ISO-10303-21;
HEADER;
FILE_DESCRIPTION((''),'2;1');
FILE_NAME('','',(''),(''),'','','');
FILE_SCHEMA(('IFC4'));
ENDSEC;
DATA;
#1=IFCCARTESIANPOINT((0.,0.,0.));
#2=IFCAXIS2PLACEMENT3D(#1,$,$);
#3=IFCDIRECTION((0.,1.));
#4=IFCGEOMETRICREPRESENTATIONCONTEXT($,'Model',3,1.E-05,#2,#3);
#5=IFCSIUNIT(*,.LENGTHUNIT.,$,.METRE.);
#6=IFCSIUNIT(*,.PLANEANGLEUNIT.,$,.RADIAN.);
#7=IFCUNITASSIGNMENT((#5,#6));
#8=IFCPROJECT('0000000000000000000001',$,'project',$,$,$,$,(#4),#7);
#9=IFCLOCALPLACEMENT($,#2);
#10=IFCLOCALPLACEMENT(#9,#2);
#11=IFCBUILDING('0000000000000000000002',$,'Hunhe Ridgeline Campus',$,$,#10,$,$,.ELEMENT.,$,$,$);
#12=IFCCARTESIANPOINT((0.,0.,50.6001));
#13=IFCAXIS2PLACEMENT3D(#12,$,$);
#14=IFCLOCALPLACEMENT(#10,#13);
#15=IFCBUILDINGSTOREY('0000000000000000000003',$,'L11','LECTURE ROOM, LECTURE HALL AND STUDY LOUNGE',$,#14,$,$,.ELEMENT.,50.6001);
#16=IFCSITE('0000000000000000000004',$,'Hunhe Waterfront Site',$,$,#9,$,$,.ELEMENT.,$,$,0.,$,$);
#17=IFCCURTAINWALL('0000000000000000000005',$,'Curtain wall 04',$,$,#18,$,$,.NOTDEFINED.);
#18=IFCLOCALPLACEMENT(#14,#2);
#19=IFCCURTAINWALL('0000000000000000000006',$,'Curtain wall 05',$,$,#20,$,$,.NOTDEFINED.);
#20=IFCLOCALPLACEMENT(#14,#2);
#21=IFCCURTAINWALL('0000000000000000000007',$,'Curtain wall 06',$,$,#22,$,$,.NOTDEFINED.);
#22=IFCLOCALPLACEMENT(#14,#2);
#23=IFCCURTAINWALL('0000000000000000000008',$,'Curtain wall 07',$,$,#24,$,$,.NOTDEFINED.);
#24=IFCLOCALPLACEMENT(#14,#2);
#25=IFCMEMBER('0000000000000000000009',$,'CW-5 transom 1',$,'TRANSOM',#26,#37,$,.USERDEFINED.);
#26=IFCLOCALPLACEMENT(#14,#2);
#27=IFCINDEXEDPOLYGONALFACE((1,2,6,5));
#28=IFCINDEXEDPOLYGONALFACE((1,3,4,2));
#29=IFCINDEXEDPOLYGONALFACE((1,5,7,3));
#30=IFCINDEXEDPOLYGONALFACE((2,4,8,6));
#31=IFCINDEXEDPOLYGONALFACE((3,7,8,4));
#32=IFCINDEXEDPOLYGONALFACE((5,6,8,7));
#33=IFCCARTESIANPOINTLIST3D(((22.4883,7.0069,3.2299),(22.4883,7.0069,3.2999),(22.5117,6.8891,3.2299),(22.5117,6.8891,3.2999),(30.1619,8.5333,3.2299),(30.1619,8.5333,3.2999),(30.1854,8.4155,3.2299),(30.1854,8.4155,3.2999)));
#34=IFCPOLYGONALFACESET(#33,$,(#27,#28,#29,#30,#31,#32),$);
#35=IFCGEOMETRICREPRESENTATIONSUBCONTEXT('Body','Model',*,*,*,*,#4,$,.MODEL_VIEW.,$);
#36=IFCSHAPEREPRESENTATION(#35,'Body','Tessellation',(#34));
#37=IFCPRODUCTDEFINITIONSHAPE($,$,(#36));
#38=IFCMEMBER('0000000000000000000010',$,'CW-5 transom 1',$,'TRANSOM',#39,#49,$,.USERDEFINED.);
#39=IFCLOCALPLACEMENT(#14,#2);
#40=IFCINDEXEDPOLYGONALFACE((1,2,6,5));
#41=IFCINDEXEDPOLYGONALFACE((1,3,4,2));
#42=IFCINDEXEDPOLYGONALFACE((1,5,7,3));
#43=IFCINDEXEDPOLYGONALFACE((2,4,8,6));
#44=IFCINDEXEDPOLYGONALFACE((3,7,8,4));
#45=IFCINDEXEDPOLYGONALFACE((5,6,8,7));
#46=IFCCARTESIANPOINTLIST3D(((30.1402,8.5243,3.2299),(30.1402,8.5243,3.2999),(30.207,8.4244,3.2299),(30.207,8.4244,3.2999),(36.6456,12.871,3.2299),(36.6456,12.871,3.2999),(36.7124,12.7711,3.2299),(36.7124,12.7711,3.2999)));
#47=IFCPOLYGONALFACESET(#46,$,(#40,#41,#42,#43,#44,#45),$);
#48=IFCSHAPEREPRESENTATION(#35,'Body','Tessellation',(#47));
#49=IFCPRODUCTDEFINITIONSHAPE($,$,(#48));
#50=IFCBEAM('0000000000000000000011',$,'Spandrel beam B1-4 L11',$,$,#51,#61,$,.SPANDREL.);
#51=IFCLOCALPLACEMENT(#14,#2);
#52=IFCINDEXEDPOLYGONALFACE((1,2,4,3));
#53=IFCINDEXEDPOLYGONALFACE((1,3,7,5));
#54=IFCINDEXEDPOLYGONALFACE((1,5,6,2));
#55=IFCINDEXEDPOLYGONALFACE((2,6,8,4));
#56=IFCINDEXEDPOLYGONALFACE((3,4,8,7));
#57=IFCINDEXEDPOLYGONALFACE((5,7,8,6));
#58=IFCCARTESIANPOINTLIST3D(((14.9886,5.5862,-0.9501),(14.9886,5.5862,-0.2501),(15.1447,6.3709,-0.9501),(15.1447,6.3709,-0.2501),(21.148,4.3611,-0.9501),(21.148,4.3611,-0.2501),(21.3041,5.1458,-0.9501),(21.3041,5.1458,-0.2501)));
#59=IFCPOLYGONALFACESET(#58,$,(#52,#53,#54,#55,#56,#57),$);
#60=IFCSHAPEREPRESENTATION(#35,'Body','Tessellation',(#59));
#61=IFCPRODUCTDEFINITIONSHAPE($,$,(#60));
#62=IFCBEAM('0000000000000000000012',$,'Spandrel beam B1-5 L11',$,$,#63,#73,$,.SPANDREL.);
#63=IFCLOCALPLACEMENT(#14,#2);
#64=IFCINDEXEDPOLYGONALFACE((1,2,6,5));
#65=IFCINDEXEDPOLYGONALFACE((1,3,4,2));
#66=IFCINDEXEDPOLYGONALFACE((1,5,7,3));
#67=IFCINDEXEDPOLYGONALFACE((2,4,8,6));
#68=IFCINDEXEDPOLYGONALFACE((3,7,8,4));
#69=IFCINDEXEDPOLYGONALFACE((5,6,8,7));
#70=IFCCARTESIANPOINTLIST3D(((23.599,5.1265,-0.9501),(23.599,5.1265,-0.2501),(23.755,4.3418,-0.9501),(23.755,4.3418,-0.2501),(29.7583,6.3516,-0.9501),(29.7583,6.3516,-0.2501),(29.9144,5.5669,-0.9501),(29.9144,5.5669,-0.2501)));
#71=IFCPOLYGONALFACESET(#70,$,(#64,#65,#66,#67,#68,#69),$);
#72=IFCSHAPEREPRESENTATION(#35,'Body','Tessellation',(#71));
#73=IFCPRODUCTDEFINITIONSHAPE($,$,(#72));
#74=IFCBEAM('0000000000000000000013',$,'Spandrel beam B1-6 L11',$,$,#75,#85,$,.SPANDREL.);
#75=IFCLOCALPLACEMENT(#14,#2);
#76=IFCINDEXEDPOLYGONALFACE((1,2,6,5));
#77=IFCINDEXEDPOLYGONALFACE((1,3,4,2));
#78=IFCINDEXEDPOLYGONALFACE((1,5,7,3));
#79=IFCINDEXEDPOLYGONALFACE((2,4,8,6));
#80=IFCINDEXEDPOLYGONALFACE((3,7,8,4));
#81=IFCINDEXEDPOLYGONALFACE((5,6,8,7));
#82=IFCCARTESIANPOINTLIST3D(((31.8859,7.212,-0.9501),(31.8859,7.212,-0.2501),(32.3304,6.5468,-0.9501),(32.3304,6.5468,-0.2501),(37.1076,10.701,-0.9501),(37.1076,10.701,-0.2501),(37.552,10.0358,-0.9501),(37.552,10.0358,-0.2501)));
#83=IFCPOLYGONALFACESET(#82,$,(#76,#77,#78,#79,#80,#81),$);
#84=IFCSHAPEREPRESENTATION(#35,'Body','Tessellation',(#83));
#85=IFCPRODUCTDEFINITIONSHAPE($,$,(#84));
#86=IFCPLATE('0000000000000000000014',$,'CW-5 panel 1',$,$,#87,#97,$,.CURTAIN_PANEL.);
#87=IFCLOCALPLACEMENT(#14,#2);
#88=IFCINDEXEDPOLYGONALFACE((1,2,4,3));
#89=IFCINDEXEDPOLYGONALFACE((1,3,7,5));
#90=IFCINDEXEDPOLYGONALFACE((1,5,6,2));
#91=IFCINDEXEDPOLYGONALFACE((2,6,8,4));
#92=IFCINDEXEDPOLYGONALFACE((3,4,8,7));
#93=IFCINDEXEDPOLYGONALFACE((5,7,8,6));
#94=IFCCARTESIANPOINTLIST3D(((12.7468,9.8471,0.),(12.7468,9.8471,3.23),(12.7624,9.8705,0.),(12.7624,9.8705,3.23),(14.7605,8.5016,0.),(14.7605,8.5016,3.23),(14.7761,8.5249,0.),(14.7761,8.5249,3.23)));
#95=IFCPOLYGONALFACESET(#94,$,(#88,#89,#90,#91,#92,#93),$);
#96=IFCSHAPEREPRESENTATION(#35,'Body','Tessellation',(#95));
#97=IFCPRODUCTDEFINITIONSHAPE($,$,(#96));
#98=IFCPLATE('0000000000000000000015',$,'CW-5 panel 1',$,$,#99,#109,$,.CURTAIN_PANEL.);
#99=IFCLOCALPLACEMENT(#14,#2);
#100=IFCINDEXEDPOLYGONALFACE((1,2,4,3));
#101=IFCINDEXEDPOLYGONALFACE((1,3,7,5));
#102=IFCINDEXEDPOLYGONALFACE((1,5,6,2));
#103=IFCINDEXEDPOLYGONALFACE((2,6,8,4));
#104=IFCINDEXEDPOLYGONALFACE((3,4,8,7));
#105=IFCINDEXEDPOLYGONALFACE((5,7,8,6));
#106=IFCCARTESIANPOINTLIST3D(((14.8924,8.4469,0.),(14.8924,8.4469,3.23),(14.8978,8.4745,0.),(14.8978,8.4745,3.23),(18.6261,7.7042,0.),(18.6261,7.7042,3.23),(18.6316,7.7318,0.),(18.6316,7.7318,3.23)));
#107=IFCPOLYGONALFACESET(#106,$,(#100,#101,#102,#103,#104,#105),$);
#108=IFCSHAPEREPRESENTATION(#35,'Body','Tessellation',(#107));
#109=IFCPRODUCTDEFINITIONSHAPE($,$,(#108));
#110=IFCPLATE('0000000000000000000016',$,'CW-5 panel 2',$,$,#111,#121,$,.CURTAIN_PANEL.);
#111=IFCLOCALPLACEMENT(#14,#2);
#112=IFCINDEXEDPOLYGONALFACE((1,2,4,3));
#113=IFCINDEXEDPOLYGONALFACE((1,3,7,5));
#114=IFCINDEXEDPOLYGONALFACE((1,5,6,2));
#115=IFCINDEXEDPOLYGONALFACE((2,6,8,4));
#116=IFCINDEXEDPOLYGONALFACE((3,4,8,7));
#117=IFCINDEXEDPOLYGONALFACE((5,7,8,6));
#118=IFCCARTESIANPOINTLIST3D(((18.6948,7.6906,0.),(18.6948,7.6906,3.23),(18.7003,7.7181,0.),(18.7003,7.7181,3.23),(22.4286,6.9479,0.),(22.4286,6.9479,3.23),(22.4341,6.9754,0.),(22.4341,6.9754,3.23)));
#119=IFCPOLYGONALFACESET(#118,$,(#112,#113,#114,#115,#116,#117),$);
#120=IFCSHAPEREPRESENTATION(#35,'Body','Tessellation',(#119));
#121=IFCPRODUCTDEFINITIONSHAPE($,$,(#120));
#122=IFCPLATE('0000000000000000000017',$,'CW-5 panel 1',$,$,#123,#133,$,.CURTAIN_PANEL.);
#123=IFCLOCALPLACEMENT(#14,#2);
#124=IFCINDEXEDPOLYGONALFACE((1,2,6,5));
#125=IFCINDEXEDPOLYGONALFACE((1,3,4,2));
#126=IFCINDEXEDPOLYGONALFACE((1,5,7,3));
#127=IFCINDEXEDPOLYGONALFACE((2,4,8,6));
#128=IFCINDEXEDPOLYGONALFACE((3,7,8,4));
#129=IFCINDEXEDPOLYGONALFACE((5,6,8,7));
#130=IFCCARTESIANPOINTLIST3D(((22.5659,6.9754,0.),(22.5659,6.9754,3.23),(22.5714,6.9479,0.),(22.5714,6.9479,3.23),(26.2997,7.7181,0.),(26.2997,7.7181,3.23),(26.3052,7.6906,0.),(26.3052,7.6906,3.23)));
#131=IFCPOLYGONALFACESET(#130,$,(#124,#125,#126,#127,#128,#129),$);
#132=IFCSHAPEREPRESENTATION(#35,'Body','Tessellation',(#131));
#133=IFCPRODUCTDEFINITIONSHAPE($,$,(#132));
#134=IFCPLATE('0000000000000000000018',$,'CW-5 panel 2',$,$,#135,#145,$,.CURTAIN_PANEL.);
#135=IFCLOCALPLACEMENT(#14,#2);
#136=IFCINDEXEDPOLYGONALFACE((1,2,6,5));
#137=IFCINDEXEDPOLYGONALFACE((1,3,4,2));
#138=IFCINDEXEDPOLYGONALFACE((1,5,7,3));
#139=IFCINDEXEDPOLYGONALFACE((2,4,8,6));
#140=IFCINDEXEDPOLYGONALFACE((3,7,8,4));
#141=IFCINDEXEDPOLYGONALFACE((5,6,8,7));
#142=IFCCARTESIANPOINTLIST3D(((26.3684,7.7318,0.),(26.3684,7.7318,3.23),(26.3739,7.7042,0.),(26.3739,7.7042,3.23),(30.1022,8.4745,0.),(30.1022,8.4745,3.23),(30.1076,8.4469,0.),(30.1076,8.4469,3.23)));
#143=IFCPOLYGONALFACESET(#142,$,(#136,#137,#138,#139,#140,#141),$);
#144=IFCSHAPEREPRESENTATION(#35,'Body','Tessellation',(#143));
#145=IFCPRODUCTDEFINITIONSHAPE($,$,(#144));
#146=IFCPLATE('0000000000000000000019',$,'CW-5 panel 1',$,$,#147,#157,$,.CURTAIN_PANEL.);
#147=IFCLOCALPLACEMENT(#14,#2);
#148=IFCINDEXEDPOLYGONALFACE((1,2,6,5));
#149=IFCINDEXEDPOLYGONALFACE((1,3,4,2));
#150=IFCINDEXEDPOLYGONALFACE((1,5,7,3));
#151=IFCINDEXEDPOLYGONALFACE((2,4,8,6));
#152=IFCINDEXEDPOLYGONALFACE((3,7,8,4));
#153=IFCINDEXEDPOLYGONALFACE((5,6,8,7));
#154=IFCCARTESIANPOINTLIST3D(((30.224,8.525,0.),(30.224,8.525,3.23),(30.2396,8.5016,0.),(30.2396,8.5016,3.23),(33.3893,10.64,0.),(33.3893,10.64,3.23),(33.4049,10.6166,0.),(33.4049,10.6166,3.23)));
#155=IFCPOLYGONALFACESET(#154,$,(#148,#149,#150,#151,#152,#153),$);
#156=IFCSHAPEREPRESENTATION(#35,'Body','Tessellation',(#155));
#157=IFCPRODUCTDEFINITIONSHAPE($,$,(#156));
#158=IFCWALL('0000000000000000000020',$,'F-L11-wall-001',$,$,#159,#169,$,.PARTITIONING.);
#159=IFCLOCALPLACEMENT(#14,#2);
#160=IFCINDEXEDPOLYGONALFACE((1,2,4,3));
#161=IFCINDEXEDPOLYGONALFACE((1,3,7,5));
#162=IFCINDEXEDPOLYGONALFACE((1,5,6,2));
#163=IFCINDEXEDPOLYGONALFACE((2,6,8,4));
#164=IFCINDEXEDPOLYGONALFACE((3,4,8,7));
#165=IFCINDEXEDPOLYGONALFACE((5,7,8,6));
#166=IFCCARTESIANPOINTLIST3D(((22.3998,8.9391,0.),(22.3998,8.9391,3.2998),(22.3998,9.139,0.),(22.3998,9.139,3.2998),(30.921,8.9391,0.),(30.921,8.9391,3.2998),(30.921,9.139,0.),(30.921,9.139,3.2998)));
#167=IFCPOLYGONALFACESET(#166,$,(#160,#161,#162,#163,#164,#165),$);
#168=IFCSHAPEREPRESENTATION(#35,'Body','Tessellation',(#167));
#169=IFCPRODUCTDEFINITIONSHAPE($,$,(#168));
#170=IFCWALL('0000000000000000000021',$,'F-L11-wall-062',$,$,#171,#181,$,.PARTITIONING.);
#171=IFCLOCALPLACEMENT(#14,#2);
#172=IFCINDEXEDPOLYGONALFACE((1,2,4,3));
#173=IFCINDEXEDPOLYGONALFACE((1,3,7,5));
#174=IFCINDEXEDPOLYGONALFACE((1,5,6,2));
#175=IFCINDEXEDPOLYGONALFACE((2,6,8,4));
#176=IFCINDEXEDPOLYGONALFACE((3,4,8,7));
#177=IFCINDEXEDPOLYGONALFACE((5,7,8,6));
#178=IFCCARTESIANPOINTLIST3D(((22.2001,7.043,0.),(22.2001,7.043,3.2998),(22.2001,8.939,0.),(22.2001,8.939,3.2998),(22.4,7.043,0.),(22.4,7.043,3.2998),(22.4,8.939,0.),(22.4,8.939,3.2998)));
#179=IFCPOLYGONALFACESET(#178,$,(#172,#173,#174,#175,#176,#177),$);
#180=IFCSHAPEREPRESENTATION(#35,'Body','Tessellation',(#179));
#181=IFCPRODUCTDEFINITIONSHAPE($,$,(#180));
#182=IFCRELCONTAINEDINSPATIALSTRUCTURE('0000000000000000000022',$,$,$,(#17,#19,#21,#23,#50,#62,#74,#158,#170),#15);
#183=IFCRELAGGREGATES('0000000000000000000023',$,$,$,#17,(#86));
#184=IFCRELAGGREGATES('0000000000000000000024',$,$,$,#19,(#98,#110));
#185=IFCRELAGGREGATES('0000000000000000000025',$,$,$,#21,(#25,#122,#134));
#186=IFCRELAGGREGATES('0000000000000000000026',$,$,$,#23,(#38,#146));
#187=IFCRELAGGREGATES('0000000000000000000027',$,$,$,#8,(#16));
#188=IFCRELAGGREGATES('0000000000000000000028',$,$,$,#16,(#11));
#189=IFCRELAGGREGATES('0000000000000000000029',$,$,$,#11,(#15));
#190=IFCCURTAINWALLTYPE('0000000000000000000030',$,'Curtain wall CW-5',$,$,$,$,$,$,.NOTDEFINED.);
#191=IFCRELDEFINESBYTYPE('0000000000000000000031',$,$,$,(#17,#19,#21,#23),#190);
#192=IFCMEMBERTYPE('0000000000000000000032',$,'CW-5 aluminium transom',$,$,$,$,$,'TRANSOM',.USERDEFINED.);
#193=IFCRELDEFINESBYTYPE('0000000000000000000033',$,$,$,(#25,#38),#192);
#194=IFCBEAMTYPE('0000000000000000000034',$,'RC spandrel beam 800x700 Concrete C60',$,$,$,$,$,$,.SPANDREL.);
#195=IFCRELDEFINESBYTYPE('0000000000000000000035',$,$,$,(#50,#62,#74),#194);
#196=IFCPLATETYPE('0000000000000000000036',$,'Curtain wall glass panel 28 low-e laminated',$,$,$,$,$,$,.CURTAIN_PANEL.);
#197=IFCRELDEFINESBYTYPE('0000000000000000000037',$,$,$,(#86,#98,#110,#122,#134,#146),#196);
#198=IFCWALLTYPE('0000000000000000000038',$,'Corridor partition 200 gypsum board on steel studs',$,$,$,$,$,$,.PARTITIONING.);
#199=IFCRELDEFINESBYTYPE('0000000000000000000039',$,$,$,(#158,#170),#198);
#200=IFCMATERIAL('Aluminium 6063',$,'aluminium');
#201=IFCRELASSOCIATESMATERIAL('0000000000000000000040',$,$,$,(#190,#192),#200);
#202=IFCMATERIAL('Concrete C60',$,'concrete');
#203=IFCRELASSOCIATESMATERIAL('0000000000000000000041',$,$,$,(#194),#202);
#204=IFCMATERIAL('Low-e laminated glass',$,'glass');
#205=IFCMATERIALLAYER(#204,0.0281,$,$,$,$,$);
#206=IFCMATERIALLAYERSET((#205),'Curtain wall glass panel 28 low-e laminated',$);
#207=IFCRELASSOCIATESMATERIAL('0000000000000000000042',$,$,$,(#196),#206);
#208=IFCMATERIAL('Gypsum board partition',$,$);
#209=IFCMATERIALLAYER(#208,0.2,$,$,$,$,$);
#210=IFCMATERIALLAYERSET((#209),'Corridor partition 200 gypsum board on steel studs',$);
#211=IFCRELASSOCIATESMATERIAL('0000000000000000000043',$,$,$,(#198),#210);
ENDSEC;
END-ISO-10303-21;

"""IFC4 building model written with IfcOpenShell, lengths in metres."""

from ifc_helpers import new_model, si_unit, direction, frame, frame_2d, origin, origin_2d, place, context, subcontext, project, spatial, rectangle, extrude, material, layer, layer_set, material_profile, profile_set, type_object, element, aggregate, save


model = new_model("IFC4")

# Units and contexts
model_context = context("Model", 3, precision=1e-05, world=origin(), true_north=direction((0.0, 1.0)))
body_context = subcontext(model_context, "Body", "Model", "MODEL_VIEW")
ifc_project = project(units=[si_unit("LENGTHUNIT", "METRE"), si_unit("PLANEANGLEUNIT", "RADIAN")], contexts=[model_context])

# Site, building, storey
site_placement = place(None, origin())
site = spatial("IfcSite", under=ifc_project, at=site_placement, Name="Hunhe Waterfront Site", CompositionType="ELEMENT", RefElevation=0.0)
building_placement = place(site_placement, origin())
building = spatial("IfcBuilding", under=site, at=building_placement, Name="Hunhe Ridgeline Campus", CompositionType="ELEMENT")
storey_placement = place(building_placement, frame((0.0, 0.0, 50.6001)))
storey = spatial("IfcBuildingStorey", under=building, at=storey_placement, Name="L11", Description="LECTURE ROOM, LECTURE HALL AND STUDY LOUNGE", CompositionType="ELEMENT", Elevation=50.6001)

# Curtain walls
ifc_material_1 = material(Name="Aluminium 6063", Category="aluminium")
curtain_wall_type = type_object("IfcCurtainWallType", Name="Curtain wall CW-5", PredefinedType="NOTDEFINED", material=ifc_material_1)
curtain_wall_1_placement = place(storey_placement, origin())
curtain_wall_1 = element("IfcCurtainWall", 1, at=curtain_wall_1_placement, inside=storey, type_object=curtain_wall_type, Name="Curtain wall 04", PredefinedType="NOTDEFINED")
curtain_wall_2_placement = place(storey_placement, origin())
curtain_wall_2 = element("IfcCurtainWall", 2, at=curtain_wall_2_placement, inside=storey, type_object=curtain_wall_type, Name="Curtain wall 05", PredefinedType="NOTDEFINED")
curtain_wall_3_placement = place(storey_placement, origin())
curtain_wall_3 = element("IfcCurtainWall", 3, at=curtain_wall_3_placement, inside=storey, type_object=curtain_wall_type, Name="Curtain wall 06", PredefinedType="NOTDEFINED")
curtain_wall_4_placement = place(storey_placement, origin())
curtain_wall_4 = element("IfcCurtainWall", 4, at=curtain_wall_4_placement, inside=storey, type_object=curtain_wall_type, Name="Curtain wall 07", PredefinedType="NOTDEFINED")

# Members
ifc_material_profile_1 = material_profile(ifc_material_1, rectangle(XDim=0.1201, YDim=0.0701, at=origin_2d()))
ifc_profile_set_1 = profile_set([ifc_material_profile_1], Name="Aluminium 6063")
member_type_1 = type_object("IfcMemberType", Name="CW-5 aluminium transom", ElementType="TRANSOM", PredefinedType="USERDEFINED", material=ifc_profile_set_1)
member_1_placement = place(storey_placement, frame((22.5, 6.948, 3.2649), z_axis=(0.980785, 0.19509, 0.0), x_axis=(-0.19509, 0.980785, 0.0)))
member_1 = element("IfcMember", 5, at=member_1_placement, type_object=member_type_1, Name="CW-5 transom 1", ObjectType="TRANSOM", PredefinedType="USERDEFINED", context=body_context, shape_type="SweptSolid", body=[
    extrude(rectangle(XDim=0.1201, YDim=0.0701, at=origin_2d()), origin(), (0.0, 0.0, 1.0), 7.824),
])
member_2_placement = place(storey_placement, frame((30.1736, 8.4744, 3.2649), z_axis=(0.831474, 0.555564, 0.0), x_axis=(-0.555564, 0.831474, 0.0)))
member_2 = element("IfcMember", 6, at=member_2_placement, type_object=member_type_1, Name="CW-5 transom 1", ObjectType="TRANSOM", PredefinedType="USERDEFINED", context=body_context, shape_type="SweptSolid", body=[
    extrude(rectangle(XDim=0.1201, YDim=0.0701, at=origin_2d()), origin(), (0.0, 0.0, 1.0), 7.824),
])

# Beams
ifc_material_2 = material(Name="Concrete C60", Category="concrete")
ifc_material_profile_2 = material_profile(ifc_material_2, rectangle(XDim=0.8, YDim=0.7, at=origin_2d()))
ifc_profile_set_2 = profile_set([ifc_material_profile_2], Name="Concrete C60")
beam_type = type_object("IfcBeamType", Name="RC spandrel beam 800x700 Concrete C60", PredefinedType="SPANDREL", material=ifc_profile_set_2)
for number, where, z_axis, x_axis, name in (
    (7, (15.0667, 5.9785, -0.6001), (0.980788, -0.195077, 0.0), (0.195077, 0.980788, 0.0), "Spandrel beam B1-4 L11"),
    (8, (23.677, 4.7341, -0.6001), (0.980788, 0.195077, 0.0), (-0.195077, 0.980788, 0.0), "Spandrel beam B1-5 L11"),
    (9, (32.1082, 6.8794, -0.6001), (0.83147, 0.55557, 0.0), (-0.55557, 0.83147, 0.0), "Spandrel beam B1-6 L11"),
):
    element("IfcBeam", number, at=place(storey_placement, frame(where, z_axis=z_axis, x_axis=x_axis)), inside=storey, type_object=beam_type, Name=name, PredefinedType="SPANDREL", context=body_context, shape_type="SweptSolid", body=[
        extrude(rectangle(XDim=0.8, YDim=0.7, at=origin_2d()), origin(), (0.0, 0.0, 1.0), 6.28),
    ])

# Plates
ifc_material_3 = material(Name="Low-e laminated glass", Category="glass")
ifc_layer_1 = layer(ifc_material_3, 0.0281)
ifc_layer_set_1 = layer_set([ifc_layer_1], Name="Curtain wall glass panel 28 low-e laminated")
plate_type = type_object("IfcPlateType", Name="Curtain wall glass panel 28 low-e laminated", PredefinedType="CURTAIN_PANEL", material=ifc_layer_set_1)
plate_1_placement = place(storey_placement, frame((13.7615, 9.186, 0.0), z_axis=(0.0, 0.0, 1.0), x_axis=(0.83147, -0.55557, 0.0)))
plate_1 = element("IfcPlate", 10, at=plate_1_placement, type_object=plate_type, Name="CW-5 panel 1", PredefinedType="CURTAIN_PANEL", context=body_context, shape_type="SweptSolid", body=[
    extrude(rectangle(XDim=2.4219, YDim=0.0281, at=origin_2d()), origin(), (0.0, 0.0, 1.0), 3.23),
])
aggregate(curtain_wall_1, [plate_1])
plate_2_placement = place(storey_placement, frame((16.762, 8.0894, 0.0), z_axis=(0.0, 0.0, 1.0), x_axis=(0.980785, -0.19509, 0.0)))
plate_2 = element("IfcPlate", 11, at=plate_2_placement, type_object=plate_type, Name="CW-5 panel 1", PredefinedType="CURTAIN_PANEL", context=body_context, shape_type="SweptSolid", body=[
    extrude(rectangle(XDim=3.8069, YDim=0.0281, at=origin_2d()), origin(), (0.0, 0.0, 1.0), 3.23),
])
plate_3_placement = place(storey_placement, frame((20.5645, 7.333, 0.0), z_axis=(0.0, 0.0, 1.0), x_axis=(0.980785, -0.19509, 0.0)))
plate_3 = element("IfcPlate", 12, at=plate_3_placement, type_object=plate_type, Name="CW-5 panel 2", PredefinedType="CURTAIN_PANEL", context=body_context, shape_type="SweptSolid", body=[
    extrude(rectangle(XDim=3.8069, YDim=0.0281, at=origin_2d()), origin(), (0.0, 0.0, 1.0), 3.23),
])
aggregate(curtain_wall_2, [plate_2, plate_3])
plate_4_placement = place(storey_placement, frame((24.4355, 7.333, 0.0), z_axis=(0.0, 0.0, 1.0), x_axis=(0.980785, 0.19509, 0.0)))
plate_4 = element("IfcPlate", 13, at=plate_4_placement, type_object=plate_type, Name="CW-5 panel 1", PredefinedType="CURTAIN_PANEL", context=body_context, shape_type="SweptSolid", body=[
    extrude(rectangle(XDim=3.8069, YDim=0.0281, at=origin_2d()), origin(), (0.0, 0.0, 1.0), 3.23),
])
plate_5_placement = place(storey_placement, frame((28.238, 8.0894, 0.0), z_axis=(0.0, 0.0, 1.0), x_axis=(0.980785, 0.19509, 0.0)))
plate_5 = element("IfcPlate", 14, at=plate_5_placement, type_object=plate_type, Name="CW-5 panel 2", PredefinedType="CURTAIN_PANEL", context=body_context, shape_type="SweptSolid", body=[
    extrude(rectangle(XDim=3.8069, YDim=0.0281, at=origin_2d()), origin(), (0.0, 0.0, 1.0), 3.23),
])
aggregate(curtain_wall_3, [member_1, plate_4, plate_5])
plate_6_placement = place(storey_placement, frame((31.8145, 9.5708, 0.0), z_axis=(0.0, 0.0, 1.0), x_axis=(0.83147, 0.55557, 0.0)))
plate_6 = element("IfcPlate", 15, at=plate_6_placement, type_object=plate_type, Name="CW-5 panel 1", PredefinedType="CURTAIN_PANEL", context=body_context, shape_type="SweptSolid", body=[
    extrude(rectangle(XDim=3.8069, YDim=0.0281, at=origin_2d()), origin(), (0.0, 0.0, 1.0), 3.23),
])
aggregate(curtain_wall_4, [member_2, plate_6])

# Wall
ifc_material_4 = material(Name="Gypsum board partition")
ifc_layer_2 = layer(ifc_material_4, 0.2)
ifc_layer_set_2 = layer_set([ifc_layer_2], Name="Corridor partition 200 gypsum board on steel studs")
wall_type = type_object("IfcWallType", Name="Corridor partition 200 gypsum board on steel studs", PredefinedType="PARTITIONING", material=ifc_layer_set_2)
wall_1_placement = place(storey_placement, frame((30.9211, 9.0391, 0.0), z_axis=(0.0, 0.0, 1.0), x_axis=(-1.0, 0.0, 0.0)))
element("IfcWall", 16, at=wall_1_placement, inside=storey, type_object=wall_type, Name="F-L11-wall-001", PredefinedType="PARTITIONING", context=body_context, shape_type="SweptSolid", body=[
    extrude(rectangle(XDim=8.5212, YDim=0.2, at=frame_2d((4.2607, 0.0))), origin(), (0.0, 0.0, 1.0), 3.2998),
])

# Wall
wall_2_placement = place(storey_placement, frame((22.3, 8.939, 0.0), z_axis=(0.0, 0.0, 1.0), x_axis=(0.0, -1.0, 0.0)))
element("IfcWall", 17, at=wall_2_placement, inside=storey, type_object=wall_type, Name="F-L11-wall-062", PredefinedType="PARTITIONING", context=body_context, shape_type="SweptSolid", body=[
    extrude(rectangle(XDim=1.896, YDim=0.2, at=frame_2d((0.948, 0.0))), origin(), (0.0, 0.0, 1.0), 3.2998),
])

save(model, "model.ifc")
